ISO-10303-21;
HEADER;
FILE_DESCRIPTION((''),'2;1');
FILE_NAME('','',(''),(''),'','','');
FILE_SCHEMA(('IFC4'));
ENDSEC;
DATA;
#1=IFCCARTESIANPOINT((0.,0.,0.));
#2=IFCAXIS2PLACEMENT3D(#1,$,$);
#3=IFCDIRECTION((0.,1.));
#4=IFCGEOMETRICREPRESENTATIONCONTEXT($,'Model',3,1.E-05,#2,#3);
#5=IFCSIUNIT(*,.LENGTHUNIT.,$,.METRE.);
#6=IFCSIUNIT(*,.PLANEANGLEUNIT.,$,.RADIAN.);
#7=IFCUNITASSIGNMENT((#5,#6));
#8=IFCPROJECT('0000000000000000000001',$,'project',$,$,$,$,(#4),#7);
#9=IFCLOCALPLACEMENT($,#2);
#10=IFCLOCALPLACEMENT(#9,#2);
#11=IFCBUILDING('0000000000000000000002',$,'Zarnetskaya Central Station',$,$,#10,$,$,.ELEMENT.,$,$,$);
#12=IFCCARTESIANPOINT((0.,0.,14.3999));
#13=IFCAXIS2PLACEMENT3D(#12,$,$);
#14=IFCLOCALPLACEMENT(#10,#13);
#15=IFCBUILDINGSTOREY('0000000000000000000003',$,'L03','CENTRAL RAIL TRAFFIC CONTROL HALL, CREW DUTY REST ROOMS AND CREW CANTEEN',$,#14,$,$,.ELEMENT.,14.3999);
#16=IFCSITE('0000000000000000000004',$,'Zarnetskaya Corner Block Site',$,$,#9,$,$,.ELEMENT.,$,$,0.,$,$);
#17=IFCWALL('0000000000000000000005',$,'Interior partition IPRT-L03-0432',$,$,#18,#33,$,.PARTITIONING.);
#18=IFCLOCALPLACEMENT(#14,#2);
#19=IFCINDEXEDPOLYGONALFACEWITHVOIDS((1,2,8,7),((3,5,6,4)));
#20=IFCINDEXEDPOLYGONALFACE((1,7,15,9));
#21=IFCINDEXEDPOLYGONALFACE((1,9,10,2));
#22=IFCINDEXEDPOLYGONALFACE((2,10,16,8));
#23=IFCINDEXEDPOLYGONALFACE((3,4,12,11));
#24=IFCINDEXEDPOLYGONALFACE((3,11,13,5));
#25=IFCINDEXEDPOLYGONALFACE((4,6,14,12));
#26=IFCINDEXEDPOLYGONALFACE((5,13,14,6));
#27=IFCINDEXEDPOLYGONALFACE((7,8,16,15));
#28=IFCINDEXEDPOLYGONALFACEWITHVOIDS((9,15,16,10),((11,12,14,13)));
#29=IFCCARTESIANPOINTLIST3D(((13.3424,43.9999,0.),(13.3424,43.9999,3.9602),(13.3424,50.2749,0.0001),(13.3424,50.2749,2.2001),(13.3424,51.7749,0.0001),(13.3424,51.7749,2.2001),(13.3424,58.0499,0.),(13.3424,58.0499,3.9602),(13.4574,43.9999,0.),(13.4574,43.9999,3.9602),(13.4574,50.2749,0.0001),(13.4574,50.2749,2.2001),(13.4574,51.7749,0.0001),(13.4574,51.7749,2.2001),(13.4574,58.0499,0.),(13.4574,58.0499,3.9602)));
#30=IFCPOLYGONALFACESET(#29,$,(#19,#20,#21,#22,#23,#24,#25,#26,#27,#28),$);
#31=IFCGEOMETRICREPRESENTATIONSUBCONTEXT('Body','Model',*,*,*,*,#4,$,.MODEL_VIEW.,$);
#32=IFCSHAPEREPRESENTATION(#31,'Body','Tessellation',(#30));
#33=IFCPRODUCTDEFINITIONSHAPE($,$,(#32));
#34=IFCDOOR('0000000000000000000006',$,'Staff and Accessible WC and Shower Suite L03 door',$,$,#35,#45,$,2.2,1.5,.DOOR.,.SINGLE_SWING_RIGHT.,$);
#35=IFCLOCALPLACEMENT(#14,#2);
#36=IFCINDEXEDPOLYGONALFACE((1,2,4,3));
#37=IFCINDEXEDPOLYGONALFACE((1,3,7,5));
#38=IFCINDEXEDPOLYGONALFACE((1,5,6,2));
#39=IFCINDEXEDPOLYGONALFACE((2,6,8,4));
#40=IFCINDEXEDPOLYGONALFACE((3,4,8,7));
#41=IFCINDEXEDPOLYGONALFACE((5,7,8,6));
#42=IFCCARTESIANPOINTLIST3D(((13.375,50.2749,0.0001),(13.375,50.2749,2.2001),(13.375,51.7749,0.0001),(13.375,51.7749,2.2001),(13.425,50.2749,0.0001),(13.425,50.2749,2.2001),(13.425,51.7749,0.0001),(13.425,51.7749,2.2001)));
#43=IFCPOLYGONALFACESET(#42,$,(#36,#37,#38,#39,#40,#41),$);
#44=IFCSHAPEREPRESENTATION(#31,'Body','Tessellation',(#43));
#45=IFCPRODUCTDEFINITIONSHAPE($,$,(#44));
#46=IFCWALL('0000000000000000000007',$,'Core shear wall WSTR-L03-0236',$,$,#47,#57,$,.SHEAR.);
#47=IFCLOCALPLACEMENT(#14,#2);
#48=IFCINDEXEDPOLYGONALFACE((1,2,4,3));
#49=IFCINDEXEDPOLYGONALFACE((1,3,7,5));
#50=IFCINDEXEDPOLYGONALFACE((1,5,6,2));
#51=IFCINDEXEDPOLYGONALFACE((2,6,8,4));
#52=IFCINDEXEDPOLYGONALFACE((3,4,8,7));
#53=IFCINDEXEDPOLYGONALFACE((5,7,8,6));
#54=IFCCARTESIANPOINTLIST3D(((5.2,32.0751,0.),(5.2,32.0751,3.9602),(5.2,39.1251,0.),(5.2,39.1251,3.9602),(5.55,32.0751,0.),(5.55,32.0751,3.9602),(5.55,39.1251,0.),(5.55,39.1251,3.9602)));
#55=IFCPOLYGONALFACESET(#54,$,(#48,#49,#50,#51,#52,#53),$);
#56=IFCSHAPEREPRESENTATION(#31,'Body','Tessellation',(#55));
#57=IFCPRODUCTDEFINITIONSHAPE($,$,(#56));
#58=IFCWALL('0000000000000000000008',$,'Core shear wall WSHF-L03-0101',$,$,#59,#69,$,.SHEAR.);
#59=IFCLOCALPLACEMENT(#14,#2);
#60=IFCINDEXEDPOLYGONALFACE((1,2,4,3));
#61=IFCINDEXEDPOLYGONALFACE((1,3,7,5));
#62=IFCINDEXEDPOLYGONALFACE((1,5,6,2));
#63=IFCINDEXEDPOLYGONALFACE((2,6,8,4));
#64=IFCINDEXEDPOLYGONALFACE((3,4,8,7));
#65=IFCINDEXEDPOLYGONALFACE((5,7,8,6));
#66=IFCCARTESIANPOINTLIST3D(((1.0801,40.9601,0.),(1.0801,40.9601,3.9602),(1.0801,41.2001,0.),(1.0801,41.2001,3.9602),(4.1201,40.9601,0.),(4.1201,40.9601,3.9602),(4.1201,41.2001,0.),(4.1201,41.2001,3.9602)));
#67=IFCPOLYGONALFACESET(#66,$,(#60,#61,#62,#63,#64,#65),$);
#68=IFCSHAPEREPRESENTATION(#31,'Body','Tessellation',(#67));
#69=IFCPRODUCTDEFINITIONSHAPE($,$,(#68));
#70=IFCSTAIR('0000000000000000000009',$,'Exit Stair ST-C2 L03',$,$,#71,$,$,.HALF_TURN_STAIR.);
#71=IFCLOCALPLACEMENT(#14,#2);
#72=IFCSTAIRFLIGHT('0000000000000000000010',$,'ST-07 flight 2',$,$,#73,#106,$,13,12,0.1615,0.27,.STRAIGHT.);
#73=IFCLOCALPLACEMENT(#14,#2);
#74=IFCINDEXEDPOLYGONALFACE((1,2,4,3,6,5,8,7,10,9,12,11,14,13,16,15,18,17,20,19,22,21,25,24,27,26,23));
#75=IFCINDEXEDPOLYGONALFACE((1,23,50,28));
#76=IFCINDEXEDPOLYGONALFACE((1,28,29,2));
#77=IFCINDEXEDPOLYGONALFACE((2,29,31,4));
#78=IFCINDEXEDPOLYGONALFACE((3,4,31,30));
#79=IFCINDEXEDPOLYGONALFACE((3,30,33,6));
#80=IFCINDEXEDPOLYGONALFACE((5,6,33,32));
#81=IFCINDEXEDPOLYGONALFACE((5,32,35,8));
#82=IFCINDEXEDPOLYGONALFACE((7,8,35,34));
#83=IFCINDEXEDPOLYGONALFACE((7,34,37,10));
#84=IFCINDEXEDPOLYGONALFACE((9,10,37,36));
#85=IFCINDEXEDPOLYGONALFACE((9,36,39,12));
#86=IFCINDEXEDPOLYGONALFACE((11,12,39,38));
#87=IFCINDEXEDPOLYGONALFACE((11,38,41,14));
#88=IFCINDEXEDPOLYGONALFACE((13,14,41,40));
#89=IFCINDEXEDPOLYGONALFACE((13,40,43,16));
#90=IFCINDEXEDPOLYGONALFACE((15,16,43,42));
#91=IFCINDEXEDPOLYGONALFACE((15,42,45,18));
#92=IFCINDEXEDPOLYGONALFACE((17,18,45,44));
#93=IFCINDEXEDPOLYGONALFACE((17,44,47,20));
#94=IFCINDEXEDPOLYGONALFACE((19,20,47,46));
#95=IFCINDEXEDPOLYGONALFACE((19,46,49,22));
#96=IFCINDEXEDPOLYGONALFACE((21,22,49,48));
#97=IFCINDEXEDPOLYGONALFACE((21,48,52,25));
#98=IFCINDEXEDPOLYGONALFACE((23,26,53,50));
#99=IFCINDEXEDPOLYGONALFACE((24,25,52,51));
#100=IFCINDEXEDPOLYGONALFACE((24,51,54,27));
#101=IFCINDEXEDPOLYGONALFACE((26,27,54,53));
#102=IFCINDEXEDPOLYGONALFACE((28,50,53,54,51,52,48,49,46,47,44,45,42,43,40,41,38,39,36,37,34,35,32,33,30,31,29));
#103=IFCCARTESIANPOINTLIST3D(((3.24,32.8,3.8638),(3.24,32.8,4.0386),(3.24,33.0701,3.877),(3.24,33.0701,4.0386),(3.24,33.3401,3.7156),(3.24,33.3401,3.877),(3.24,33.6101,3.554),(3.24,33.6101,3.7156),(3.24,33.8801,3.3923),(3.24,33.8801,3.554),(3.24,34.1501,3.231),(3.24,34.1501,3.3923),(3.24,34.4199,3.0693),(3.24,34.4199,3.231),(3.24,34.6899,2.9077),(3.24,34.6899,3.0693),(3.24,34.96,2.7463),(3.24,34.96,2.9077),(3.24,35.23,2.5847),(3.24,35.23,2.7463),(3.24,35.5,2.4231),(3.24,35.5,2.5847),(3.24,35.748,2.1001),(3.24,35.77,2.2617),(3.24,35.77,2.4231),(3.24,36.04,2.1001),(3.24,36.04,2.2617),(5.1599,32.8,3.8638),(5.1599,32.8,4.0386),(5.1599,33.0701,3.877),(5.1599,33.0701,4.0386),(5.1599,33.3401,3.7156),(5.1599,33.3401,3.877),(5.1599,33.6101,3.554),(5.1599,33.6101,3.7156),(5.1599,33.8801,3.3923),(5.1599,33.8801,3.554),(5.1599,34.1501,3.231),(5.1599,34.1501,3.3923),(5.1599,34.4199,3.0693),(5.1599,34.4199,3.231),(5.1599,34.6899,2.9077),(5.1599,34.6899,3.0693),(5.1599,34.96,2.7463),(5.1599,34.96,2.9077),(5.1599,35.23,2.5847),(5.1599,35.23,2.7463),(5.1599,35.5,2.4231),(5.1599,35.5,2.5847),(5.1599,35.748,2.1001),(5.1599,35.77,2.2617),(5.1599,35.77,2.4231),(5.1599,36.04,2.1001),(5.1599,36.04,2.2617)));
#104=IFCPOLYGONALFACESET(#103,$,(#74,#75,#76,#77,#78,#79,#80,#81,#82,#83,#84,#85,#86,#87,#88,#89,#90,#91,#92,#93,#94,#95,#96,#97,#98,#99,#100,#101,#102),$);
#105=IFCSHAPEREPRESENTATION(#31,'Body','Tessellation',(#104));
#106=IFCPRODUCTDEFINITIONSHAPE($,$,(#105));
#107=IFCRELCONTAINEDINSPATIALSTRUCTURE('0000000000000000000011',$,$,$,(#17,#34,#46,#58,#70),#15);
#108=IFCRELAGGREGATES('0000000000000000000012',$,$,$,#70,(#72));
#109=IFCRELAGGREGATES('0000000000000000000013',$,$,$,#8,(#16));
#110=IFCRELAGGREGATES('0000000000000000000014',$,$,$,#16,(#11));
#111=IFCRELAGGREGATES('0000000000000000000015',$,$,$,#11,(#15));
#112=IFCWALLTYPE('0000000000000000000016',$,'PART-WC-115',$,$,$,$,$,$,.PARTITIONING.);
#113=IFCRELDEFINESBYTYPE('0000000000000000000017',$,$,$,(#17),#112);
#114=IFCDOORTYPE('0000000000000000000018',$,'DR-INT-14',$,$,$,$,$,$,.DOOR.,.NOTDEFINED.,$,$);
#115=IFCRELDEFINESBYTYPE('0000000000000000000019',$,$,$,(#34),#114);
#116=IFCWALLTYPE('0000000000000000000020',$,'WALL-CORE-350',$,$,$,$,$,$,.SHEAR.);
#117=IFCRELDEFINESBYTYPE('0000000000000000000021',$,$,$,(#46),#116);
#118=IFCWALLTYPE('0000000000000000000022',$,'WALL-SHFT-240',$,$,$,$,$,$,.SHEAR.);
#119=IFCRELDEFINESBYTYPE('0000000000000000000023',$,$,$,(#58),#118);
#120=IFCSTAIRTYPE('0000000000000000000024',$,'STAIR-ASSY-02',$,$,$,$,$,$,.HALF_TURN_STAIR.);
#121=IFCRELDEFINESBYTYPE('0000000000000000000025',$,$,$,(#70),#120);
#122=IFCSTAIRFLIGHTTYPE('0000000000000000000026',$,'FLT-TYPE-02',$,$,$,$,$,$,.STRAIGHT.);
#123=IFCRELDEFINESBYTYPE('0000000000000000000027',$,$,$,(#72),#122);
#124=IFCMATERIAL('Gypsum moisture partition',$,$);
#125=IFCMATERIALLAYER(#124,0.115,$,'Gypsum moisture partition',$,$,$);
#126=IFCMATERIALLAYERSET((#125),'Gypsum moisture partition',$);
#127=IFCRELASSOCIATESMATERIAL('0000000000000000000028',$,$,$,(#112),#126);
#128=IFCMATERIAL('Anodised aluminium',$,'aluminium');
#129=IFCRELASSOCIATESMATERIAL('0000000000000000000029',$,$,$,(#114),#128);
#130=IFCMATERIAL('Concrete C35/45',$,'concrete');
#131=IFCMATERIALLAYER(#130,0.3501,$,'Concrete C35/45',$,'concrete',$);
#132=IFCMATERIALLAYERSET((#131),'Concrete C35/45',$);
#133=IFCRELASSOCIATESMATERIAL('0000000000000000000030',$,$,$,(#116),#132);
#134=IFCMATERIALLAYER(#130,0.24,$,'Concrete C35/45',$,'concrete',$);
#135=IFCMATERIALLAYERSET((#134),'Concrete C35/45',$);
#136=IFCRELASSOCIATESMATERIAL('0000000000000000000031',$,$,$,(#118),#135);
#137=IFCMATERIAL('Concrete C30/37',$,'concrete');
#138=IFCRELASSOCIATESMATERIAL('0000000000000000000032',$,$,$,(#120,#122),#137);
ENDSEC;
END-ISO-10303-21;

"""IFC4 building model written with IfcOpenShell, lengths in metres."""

from ifc_helpers import new_model, si_unit, direction, frame, frame_2d, origin, place, context, subcontext, project, spatial, polyline, rectangle, outline, extrude, material, layer, layer_set, type_object, element, fill, aggregate, save


model = new_model("IFC4")

# Units and contexts
model_context = context("Model", 3, precision=1e-05, world=origin(), true_north=direction((0.0, 1.0)))
body_context = subcontext(model_context, "Body", "Model", "MODEL_VIEW")
ifc_project = project(units=[si_unit("LENGTHUNIT", "METRE"), si_unit("PLANEANGLEUNIT", "RADIAN")], contexts=[model_context])

# Site, building, storey
site_placement = place(None, origin())
site = spatial("IfcSite", under=ifc_project, at=site_placement, Name="Zarnetskaya Corner Block Site", CompositionType="ELEMENT", RefElevation=0.0)
building_placement = place(site_placement, origin())
building = spatial("IfcBuilding", under=site, at=building_placement, Name="Zarnetskaya Central Station", CompositionType="ELEMENT")
storey_placement = place(building_placement, frame((0.0, 0.0, 14.3999)))
storey = spatial("IfcBuildingStorey", under=building, at=storey_placement, Name="L03", Description="CENTRAL RAIL TRAFFIC CONTROL HALL, CREW DUTY REST ROOMS AND CREW CANTEEN", CompositionType="ELEMENT", Elevation=14.3999)

# Wall, opening, door
ifc_material_1 = material(Name="Gypsum moisture partition")
ifc_layer_1 = layer(ifc_material_1, 0.115, Name="Gypsum moisture partition")
ifc_layer_set_1 = layer_set([ifc_layer_1], Name="Gypsum moisture partition")
wall_type_1 = type_object("IfcWallType", Name="PART-WC-115", PredefinedType="PARTITIONING", material=ifc_layer_set_1)
wall_1_placement = place(storey_placement, frame((13.3999, 44.0, 0.0), z_axis=(0.0, 0.0, 1.0), x_axis=(0.0, 1.0, 0.0)))
wall_1 = element("IfcWall", 1, at=wall_1_placement, inside=storey, type_object=wall_type_1, Name="Interior partition IPRT-L03-0432", PredefinedType="PARTITIONING", context=body_context, shape_type="SweptSolid", body=[
    extrude(rectangle(XDim=14.05, YDim=0.115, at=frame_2d((7.0249, 0.0))), origin(), (0.0, 0.0, 1.0), 3.9602),
])
opening_1_placement = place(wall_1_placement, frame((6.2749, 0.0, 0.0)))
opening_1 = element("IfcOpeningElement", 2, at=opening_1_placement, cuts=wall_1, PredefinedType="OPENING", context=body_context, shape_type="SweptSolid", body=[
    extrude(rectangle(XDim=1.5, YDim=2.2, at=frame_2d((0.75, 1.1001))), frame((0.0, 0.0674, 0.0), z_axis=(0.0, -1.0, 0.0), x_axis=(1.0, 0.0, 0.0)), (0.0, 0.0, 1.0), 0.135),
])
ifc_material_2 = material(Name="Anodised aluminium", Category="aluminium")
door_type_1 = type_object("IfcDoorType", Name="DR-INT-14", OperationType="NOTDEFINED", PredefinedType="DOOR", material=ifc_material_2)
door_1_placement = place(opening_1_placement, origin())
door_1 = element("IfcDoor", 3, at=door_1_placement, inside=storey, type_object=door_type_1, Name="Staff and Accessible WC and Shower Suite L03 door", OperationType="SINGLE_SWING_RIGHT", OverallHeight=2.2, OverallWidth=1.5, PredefinedType="DOOR", context=body_context, shape_type="SweptSolid", body=[
    extrude(rectangle(XDim=1.5, YDim=2.2, at=frame_2d((0.75, 1.1001))), frame((0.0, 0.0249, 0.0), z_axis=(0.0, -1.0, 0.0), x_axis=(1.0, 0.0, 0.0)), (0.0, 0.0, 1.0), 0.05),
])
fill(opening_1, door_1)

# Walls
ifc_material_3 = material(Name="Concrete C35/45", Category="concrete")
ifc_layer_2 = layer(ifc_material_3, 0.3501, Name="Concrete C35/45", Category="concrete")
ifc_layer_set_2 = layer_set([ifc_layer_2], Name="Concrete C35/45")
wall_type_2 = type_object("IfcWallType", Name="WALL-CORE-350", PredefinedType="SHEAR", material=ifc_layer_set_2)
wall_2_placement = place(storey_placement, frame((5.375, 39.125, 0.0), z_axis=(0.0, 0.0, 1.0), x_axis=(0.0, -1.0, 0.0)))
element("IfcWall", 4, at=wall_2_placement, inside=storey, type_object=wall_type_2, Name="Core shear wall WSTR-L03-0236", PredefinedType="SHEAR", context=body_context, shape_type="SweptSolid", body=[
    extrude(rectangle(XDim=7.05, YDim=0.3501, at=frame_2d((3.5249, 0.0))), origin(), (0.0, 0.0, 1.0), 3.9602),
])
ifc_layer_3 = layer(ifc_material_3, 0.24, Name="Concrete C35/45", Category="concrete")
ifc_layer_set_3 = layer_set([ifc_layer_3], Name="Concrete C35/45")
wall_type_3 = type_object("IfcWallType", Name="WALL-SHFT-240", PredefinedType="SHEAR", material=ifc_layer_set_3)
wall_3_placement = place(storey_placement, frame((4.1201, 41.0801, 0.0), z_axis=(0.0, 0.0, 1.0), x_axis=(-1.0, 0.0, 0.0)))
element("IfcWall", 5, at=wall_3_placement, inside=storey, type_object=wall_type_3, Name="Core shear wall WSHF-L03-0101", PredefinedType="SHEAR", context=body_context, shape_type="SweptSolid", body=[
    extrude(rectangle(XDim=3.04, YDim=0.24, at=frame_2d((1.52, 0.0))), origin(), (0.0, 0.0, 1.0), 3.9602),
])

# Stair, stair flight
ifc_material_4 = material(Name="Concrete C30/37", Category="concrete")
stair_type = type_object("IfcStairType", Name="STAIR-ASSY-02", PredefinedType="HALF_TURN_STAIR", material=ifc_material_4)
stair_placement = place(storey_placement, origin())
stair = element("IfcStair", 6, at=stair_placement, inside=storey, type_object=stair_type, Name="Exit Stair ST-C2 L03", PredefinedType="HALF_TURN_STAIR")
stair_flight_type = type_object("IfcStairFlightType", Name="FLT-TYPE-02", PredefinedType="STRAIGHT", material=ifc_material_4)
stair_flight_placement = place(storey_placement, frame((4.2, 36.04, 2.1001), z_axis=(0.0, 0.0, 1.0), x_axis=(0.0, -1.0, 0.0)))
stair_flight = element("IfcStairFlight", 7, at=stair_flight_placement, type_object=stair_flight_type, Name="ST-07 flight 2", NumberOfRisers=13, NumberOfTreads=12, PredefinedType="STRAIGHT", RiserHeight=0.1615, TreadLength=0.27, context=body_context, shape_type="SweptSolid", body=[
    extrude(outline(polyline([(0.0, 0.0), (0.0, 0.1616), (0.27, 0.1616), (0.27, 0.323), (0.54, 0.323), (0.54, 0.4846), (0.8101, 0.4846), (0.8101, 0.6462), (1.0801, 0.6462), (1.0801, 0.8076), (1.3501, 0.8076), (1.3501, 0.9692), (1.6201, 0.9692), (1.6201, 1.1309), (1.8899, 1.1309), (1.8899, 1.2922), (2.1599, 1.2922), (2.1599, 1.4539), (2.4299, 1.4539), (2.4299, 1.6155), (2.7, 1.6155), (2.7, 1.7769), (2.97, 1.7769), (2.97, 1.9385), (3.24, 1.9385), (3.24, 2.1001), (3.24, 1.7637), (0.292, 0.0), (0.0, 0.0)])), frame((0.0, 0.96, 0.0), z_axis=(0.0, -1.0, 0.0), x_axis=(1.0, 0.0, 0.0)), (0.0, 0.0, 1.0), 1.9199),
])
aggregate(stair, [stair_flight])

save(model, "model.ifc")
